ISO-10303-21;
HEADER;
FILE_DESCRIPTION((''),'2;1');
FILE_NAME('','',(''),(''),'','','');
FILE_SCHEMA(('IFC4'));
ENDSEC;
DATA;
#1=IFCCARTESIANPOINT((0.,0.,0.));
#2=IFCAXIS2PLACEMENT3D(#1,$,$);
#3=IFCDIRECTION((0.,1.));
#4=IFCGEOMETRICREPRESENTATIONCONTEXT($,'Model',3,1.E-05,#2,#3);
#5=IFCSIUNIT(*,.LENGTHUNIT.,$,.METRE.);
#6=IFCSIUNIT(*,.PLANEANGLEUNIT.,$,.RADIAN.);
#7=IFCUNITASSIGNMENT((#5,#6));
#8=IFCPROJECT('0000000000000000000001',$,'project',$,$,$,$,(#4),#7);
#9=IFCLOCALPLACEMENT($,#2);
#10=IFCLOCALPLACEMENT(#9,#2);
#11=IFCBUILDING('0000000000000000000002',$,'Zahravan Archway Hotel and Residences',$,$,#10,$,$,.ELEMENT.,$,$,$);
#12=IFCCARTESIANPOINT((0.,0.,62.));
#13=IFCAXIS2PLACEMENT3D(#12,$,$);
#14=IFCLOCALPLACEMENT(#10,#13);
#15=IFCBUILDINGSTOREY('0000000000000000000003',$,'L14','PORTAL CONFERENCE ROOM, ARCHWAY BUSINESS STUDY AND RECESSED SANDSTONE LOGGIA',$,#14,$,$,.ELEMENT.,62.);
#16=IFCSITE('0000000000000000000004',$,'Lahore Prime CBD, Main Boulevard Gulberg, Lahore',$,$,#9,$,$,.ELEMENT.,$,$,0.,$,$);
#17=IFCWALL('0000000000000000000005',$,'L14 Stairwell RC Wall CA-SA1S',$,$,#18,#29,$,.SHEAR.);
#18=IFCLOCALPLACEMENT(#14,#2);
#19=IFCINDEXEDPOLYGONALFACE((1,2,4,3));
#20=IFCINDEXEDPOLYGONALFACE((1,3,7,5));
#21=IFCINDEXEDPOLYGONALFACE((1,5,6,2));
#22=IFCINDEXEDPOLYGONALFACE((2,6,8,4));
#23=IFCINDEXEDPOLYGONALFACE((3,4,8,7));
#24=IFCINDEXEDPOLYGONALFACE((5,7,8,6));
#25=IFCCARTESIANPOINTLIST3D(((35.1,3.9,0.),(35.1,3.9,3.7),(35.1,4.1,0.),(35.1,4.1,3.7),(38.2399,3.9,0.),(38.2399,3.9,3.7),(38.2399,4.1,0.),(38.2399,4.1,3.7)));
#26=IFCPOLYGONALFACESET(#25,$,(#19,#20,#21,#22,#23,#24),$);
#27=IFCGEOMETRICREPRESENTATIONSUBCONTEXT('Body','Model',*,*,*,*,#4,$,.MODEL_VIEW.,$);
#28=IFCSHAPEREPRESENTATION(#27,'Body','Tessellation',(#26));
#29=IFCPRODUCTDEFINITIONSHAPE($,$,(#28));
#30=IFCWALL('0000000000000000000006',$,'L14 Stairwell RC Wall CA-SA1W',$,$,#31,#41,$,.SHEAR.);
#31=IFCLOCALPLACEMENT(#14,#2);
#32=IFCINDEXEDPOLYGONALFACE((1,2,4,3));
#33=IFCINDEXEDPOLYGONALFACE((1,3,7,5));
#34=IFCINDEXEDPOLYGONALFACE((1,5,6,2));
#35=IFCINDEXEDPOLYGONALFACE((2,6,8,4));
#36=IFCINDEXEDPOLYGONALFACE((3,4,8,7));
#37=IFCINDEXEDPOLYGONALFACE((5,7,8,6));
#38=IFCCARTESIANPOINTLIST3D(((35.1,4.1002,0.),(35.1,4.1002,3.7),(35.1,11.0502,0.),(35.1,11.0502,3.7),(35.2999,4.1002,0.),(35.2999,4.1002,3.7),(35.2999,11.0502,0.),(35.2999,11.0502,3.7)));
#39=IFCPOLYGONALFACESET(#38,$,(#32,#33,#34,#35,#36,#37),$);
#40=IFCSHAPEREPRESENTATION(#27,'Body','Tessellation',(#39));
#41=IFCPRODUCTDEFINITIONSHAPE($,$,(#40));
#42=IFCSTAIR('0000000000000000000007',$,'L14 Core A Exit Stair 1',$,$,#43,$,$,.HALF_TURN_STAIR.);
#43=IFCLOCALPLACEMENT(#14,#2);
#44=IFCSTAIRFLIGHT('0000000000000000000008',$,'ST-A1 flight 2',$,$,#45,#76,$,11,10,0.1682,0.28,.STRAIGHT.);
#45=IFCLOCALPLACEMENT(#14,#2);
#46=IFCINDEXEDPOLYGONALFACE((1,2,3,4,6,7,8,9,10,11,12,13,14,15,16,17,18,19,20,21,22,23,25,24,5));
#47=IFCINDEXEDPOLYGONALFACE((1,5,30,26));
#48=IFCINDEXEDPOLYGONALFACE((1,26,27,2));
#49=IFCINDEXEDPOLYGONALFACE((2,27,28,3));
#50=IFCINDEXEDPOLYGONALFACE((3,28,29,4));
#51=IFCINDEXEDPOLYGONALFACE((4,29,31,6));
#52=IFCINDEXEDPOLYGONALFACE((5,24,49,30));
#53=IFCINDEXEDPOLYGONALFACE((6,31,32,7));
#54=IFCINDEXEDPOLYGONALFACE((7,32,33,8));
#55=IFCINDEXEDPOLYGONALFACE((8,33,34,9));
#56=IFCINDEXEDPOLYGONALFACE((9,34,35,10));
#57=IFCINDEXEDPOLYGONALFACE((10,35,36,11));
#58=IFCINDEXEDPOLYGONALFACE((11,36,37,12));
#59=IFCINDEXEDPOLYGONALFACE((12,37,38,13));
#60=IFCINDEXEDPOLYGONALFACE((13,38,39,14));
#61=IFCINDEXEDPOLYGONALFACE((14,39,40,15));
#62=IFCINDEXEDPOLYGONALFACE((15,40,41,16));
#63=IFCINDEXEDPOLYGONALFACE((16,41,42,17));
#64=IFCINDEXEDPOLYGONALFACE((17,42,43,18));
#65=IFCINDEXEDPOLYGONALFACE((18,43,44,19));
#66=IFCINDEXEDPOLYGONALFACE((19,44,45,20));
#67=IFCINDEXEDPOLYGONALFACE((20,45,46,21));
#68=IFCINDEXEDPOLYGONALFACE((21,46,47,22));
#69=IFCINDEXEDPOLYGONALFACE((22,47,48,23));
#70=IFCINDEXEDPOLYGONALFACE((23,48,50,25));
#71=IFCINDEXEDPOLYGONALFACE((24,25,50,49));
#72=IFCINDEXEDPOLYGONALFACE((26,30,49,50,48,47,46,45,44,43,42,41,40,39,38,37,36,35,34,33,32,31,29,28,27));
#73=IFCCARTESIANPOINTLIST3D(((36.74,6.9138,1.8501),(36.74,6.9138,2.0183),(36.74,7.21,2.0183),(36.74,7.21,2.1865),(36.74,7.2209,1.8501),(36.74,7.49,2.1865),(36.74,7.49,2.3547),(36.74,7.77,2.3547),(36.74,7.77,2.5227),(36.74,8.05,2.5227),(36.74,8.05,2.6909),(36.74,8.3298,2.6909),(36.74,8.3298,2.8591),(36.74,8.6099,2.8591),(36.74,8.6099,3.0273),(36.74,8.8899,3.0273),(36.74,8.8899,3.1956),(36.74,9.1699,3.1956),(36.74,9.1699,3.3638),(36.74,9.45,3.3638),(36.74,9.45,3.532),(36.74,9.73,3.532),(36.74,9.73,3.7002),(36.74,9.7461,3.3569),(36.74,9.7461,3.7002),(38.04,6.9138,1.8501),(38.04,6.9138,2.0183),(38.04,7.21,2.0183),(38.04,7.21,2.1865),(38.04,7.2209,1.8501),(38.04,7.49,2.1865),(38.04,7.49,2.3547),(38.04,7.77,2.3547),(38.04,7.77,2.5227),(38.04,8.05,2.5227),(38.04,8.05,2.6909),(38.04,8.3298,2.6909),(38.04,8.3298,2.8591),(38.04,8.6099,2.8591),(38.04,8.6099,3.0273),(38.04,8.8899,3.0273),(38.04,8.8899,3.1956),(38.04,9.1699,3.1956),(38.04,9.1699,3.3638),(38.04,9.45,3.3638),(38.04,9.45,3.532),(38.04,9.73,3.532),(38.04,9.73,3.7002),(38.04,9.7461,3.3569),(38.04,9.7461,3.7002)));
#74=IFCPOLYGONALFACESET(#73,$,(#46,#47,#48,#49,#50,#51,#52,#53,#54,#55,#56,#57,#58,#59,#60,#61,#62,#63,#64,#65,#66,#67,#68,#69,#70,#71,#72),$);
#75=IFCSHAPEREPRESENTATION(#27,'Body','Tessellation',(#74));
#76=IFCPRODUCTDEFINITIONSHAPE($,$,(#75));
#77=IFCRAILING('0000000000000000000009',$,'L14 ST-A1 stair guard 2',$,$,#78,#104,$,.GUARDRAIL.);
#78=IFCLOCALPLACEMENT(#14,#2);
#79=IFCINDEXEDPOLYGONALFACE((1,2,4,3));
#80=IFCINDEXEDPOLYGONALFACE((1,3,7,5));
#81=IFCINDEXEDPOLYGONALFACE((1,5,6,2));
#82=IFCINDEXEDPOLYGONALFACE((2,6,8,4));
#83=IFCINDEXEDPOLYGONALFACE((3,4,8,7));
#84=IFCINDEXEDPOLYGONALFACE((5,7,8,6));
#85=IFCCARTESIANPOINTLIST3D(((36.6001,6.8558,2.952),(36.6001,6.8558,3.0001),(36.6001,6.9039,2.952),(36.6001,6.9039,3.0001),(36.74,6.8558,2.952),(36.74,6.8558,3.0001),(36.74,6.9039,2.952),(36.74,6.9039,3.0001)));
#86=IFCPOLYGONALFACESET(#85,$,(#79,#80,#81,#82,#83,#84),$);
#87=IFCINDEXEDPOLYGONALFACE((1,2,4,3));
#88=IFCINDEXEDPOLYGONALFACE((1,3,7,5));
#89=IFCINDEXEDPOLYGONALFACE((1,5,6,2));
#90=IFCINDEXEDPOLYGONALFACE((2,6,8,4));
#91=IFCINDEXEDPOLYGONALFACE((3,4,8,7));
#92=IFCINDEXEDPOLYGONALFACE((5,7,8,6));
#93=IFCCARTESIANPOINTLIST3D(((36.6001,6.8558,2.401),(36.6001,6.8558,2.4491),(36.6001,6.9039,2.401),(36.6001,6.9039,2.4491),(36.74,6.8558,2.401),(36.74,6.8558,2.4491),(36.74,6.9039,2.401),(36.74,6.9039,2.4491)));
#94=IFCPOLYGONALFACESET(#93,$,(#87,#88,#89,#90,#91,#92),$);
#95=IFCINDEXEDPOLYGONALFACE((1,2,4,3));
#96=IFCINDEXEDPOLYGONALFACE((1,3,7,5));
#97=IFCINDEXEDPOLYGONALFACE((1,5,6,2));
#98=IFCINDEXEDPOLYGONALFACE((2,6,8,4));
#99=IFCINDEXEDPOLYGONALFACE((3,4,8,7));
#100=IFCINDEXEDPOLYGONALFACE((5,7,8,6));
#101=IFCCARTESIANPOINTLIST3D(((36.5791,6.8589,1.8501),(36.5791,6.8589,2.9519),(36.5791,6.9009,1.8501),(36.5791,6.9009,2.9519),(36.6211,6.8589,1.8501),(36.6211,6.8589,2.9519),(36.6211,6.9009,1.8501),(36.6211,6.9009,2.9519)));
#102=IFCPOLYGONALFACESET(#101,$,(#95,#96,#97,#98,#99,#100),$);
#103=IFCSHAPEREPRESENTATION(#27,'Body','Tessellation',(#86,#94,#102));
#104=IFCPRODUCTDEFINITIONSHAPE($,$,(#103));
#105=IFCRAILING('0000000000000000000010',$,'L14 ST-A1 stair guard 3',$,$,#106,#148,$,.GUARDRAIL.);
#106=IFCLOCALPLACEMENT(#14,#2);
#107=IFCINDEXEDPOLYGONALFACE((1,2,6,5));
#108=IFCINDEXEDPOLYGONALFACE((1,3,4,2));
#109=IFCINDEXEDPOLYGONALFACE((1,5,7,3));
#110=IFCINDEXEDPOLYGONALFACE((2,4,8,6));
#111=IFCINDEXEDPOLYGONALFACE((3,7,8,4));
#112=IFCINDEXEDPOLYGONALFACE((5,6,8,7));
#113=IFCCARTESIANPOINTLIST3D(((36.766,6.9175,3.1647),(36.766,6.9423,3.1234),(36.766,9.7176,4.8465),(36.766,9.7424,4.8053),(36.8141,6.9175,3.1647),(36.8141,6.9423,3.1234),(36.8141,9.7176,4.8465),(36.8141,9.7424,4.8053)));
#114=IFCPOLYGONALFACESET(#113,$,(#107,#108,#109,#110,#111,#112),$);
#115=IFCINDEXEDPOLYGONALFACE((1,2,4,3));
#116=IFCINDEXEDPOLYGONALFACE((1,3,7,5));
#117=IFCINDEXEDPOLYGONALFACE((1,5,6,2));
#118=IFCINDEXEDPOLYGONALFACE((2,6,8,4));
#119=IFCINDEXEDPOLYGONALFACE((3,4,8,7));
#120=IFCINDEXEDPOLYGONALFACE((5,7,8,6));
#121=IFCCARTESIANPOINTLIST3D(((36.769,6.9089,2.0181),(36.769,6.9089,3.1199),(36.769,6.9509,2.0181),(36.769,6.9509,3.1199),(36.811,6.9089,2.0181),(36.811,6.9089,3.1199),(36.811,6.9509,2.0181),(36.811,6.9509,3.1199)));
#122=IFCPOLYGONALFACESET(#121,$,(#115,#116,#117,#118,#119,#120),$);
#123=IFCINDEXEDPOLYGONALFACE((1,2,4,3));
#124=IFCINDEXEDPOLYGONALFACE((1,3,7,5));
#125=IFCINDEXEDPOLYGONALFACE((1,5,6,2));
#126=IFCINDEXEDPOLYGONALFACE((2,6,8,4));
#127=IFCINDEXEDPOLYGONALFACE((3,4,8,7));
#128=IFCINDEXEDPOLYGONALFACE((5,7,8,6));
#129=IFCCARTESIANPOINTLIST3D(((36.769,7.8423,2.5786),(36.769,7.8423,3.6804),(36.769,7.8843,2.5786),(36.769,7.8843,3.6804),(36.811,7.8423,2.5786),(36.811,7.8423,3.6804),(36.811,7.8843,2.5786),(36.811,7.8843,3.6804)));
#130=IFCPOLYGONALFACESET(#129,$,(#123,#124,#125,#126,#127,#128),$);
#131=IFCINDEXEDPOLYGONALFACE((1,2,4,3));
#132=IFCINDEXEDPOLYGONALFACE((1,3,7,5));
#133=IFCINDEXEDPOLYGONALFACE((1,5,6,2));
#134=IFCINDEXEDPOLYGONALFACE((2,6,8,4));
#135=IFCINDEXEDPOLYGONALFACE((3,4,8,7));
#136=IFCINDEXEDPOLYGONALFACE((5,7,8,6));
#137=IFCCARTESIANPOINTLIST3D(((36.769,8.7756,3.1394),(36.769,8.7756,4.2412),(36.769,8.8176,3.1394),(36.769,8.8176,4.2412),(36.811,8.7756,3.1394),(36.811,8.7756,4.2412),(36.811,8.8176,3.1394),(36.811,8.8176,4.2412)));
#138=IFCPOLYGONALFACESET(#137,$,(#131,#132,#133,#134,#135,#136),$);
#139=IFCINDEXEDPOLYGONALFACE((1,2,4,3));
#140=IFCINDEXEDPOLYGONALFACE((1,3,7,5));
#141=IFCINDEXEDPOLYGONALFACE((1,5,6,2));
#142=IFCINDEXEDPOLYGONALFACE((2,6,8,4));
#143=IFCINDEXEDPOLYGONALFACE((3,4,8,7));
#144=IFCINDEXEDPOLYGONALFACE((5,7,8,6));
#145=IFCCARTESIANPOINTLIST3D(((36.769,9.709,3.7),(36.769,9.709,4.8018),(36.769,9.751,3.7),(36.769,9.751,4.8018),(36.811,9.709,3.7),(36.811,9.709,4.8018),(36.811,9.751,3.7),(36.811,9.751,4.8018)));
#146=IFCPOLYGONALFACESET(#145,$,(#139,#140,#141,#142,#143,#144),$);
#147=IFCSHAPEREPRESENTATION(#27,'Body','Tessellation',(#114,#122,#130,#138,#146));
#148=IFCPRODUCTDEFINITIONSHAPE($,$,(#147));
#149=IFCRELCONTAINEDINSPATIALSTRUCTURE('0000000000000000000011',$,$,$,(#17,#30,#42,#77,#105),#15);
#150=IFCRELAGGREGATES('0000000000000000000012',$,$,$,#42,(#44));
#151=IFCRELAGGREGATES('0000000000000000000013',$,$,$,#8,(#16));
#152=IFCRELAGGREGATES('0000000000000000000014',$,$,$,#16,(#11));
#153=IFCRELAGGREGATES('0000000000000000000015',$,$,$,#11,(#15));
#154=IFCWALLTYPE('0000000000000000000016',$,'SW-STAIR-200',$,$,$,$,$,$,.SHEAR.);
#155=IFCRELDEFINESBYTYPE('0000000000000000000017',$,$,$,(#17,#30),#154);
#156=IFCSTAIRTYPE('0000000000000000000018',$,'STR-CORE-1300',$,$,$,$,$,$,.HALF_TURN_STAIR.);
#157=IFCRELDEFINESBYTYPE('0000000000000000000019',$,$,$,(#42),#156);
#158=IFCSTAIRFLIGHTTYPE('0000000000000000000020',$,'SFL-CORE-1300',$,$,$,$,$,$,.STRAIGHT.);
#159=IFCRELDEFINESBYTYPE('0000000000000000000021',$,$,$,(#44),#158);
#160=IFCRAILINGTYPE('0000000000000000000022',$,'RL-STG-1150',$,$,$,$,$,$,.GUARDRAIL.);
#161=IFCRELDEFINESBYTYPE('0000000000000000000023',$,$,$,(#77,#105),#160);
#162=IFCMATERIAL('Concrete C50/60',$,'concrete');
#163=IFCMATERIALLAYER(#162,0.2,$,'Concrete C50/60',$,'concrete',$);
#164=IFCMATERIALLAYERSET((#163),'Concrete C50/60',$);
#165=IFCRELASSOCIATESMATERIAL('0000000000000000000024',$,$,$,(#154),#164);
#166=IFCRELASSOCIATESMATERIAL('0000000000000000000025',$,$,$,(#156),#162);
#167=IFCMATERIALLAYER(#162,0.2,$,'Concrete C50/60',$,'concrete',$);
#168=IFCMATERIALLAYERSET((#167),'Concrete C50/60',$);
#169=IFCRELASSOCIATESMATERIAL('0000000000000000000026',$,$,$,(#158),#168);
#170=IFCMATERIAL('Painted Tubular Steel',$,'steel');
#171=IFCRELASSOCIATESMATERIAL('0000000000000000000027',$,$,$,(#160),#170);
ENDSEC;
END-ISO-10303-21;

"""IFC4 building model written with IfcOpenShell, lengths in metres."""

from ifc_helpers import new_model, si_unit, direction, frame, frame_2d, origin, origin_2d, place, context, subcontext, project, spatial, polyline, rectangle, outline, extrude, source, transform, mapped, material, layer, layer_set, type_object, element, aggregate, save


model = new_model("IFC4")

# Units and contexts
model_context = context("Model", 3, precision=1e-05, world=origin(), true_north=direction((0.0, 1.0)))
body_context = subcontext(model_context, "Body", "Model", "MODEL_VIEW")
ifc_project = project(units=[si_unit("LENGTHUNIT", "METRE"), si_unit("PLANEANGLEUNIT", "RADIAN")], contexts=[model_context])

# Site, building, storey
site_placement = place(None, origin())
site = spatial("IfcSite", under=ifc_project, at=site_placement, Name="Lahore Prime CBD, Main Boulevard Gulberg, Lahore", CompositionType="ELEMENT", RefElevation=0.0)
building_placement = place(site_placement, origin())
building = spatial("IfcBuilding", under=site, at=building_placement, Name="Zahravan Archway Hotel and Residences", CompositionType="ELEMENT")
storey_placement = place(building_placement, frame((0.0, 0.0, 62.0)))
storey = spatial("IfcBuildingStorey", under=building, at=storey_placement, Name="L14", Description="PORTAL CONFERENCE ROOM, ARCHWAY BUSINESS STUDY AND RECESSED SANDSTONE LOGGIA", CompositionType="ELEMENT", Elevation=62.0)

# Walls
ifc_material_1 = material(Name="Concrete C50/60", Category="concrete")
ifc_layer_1 = layer(ifc_material_1, 0.2, Name="Concrete C50/60", Category="concrete")
ifc_layer_set_1 = layer_set([ifc_layer_1], Name="Concrete C50/60")
wall_type_1 = type_object("IfcWallType", Name="SW-STAIR-200", PredefinedType="SHEAR", material=ifc_layer_set_1)
wall_1_placement = place(storey_placement, frame((35.1001, 4.0, 0.0), z_axis=(0.0, 0.0, 1.0), x_axis=(1.0, 0.0, 0.0)))
element("IfcWall", 1, at=wall_1_placement, inside=storey, type_object=wall_type_1, Name="L14 Stairwell RC Wall CA-SA1S", PredefinedType="SHEAR", context=body_context, shape_type="SweptSolid", body=[
    extrude(rectangle(XDim=3.1399, YDim=0.2, at=frame_2d((1.5698, 0.0))), origin(), (0.0, 0.0, 1.0), 3.7),
])
wall_2_placement = place(storey_placement, frame((35.2, 4.1001, 0.0), z_axis=(0.0, 0.0, 1.0), x_axis=(0.0, 1.0, 0.0)))
element("IfcWall", 2, at=wall_2_placement, inside=storey, type_object=wall_type_1, Name="L14 Stairwell RC Wall CA-SA1W", PredefinedType="SHEAR", context=body_context, shape_type="SweptSolid", body=[
    extrude(rectangle(XDim=6.95, YDim=0.2, at=frame_2d((3.4751, 0.0))), origin(), (0.0, 0.0, 1.0), 3.7),
])

# Stair, stair flight
stair_type = type_object("IfcStairType", Name="STR-CORE-1300", PredefinedType="HALF_TURN_STAIR", material=ifc_material_1)
stair_placement = place(storey_placement, origin())
stair = element("IfcStair", 3, at=stair_placement, inside=storey, type_object=stair_type, Name="L14 Core A Exit Stair 1", PredefinedType="HALF_TURN_STAIR")
ifc_layer_2 = layer(ifc_material_1, 0.2, Name="Concrete C50/60", Category="concrete")
ifc_layer_set_2 = layer_set([ifc_layer_2], Name="Concrete C50/60")
stair_flight_type = type_object("IfcStairFlightType", Name="SFL-CORE-1300", PredefinedType="STRAIGHT", material=ifc_layer_set_2)
shared_shape_1 = source(origin(), body_context, "Body", "SweptSolid", [
    extrude(outline(polyline([(-0.0161, 0.0), (-0.0161, 0.1682), (0.28, 0.1682), (0.28, 0.3364), (0.5601, 0.3364), (0.5601, 0.5046), (0.8401, 0.5046), (0.8401, 0.6726), (1.1201, 0.6726), (1.1201, 0.8408), (1.3999, 0.8408), (1.3999, 1.009), (1.6799, 1.009), (1.6799, 1.1772), (1.96, 1.1772), (1.96, 1.3455), (2.24, 1.3455), (2.24, 1.5137), (2.52, 1.5137), (2.52, 1.6819), (2.8, 1.6819), (2.8, 1.8501), (2.8162, 1.8501), (2.8162, 1.5068), (0.291, 0.0), (-0.0161, 0.0)])), frame((0.0, 0.6499, 0.0), z_axis=(0.0, -1.0, 0.0), x_axis=(1.0, 0.0, 0.0)), (0.0, 0.0, 1.0), 1.3),
])
stair_flight_placement = place(storey_placement, frame((37.3899, 6.9299, 1.8501), z_axis=(0.0, 0.0, 1.0), x_axis=(0.0, 1.0, 0.0)))
stair_flight = element("IfcStairFlight", 4, at=stair_flight_placement, type_object=stair_flight_type, Name="ST-A1 flight 2", NumberOfRisers=11, NumberOfTreads=10, PredefinedType="STRAIGHT", RiserHeight=0.1682, TreadLength=0.28, context=body_context, shape_type="MappedRepresentation", body=[
    mapped(shared_shape_1, transform((0.0, 0.0, 0.0), scale=1.0)),
])
aggregate(stair, [stair_flight])

# Railings
ifc_material_2 = material(Name="Painted Tubular Steel", Category="steel")
railing_type = type_object("IfcRailingType", Name="RL-STG-1150", PredefinedType="GUARDRAIL", material=ifc_material_2)
railing_1_placement = place(storey_placement, frame((36.6001, 6.8799, 1.8501)))
element("IfcRailing", 5, at=railing_1_placement, inside=storey, type_object=railing_type, Name="L14 ST-A1 stair guard 2", PredefinedType="GUARDRAIL", context=body_context, shape_type="SweptSolid", body=[
    extrude(rectangle(XDim=0.0481, YDim=0.0481, at=origin_2d()), frame((0.0, 0.0, 1.126), z_axis=(1.0, 0.0, 0.0), x_axis=(0.0, 1.0, 0.0)), (0.0, 0.0, 1.0), 0.1399),
    extrude(rectangle(XDim=0.0481, YDim=0.0481, at=origin_2d()), frame((0.0, 0.0, 0.575), z_axis=(1.0, 0.0, 0.0), x_axis=(0.0, 1.0, 0.0)), (0.0, 0.0, 1.0), 0.1399),
    extrude(rectangle(XDim=0.042, YDim=0.042, at=origin_2d()), origin(), (0.0, 0.0, 1.0), 1.1018),
])
railing_2_placement = place(storey_placement, frame((36.79, 6.9299, 2.0181)))
element("IfcRailing", 6, at=railing_2_placement, inside=storey, type_object=railing_type, Name="L14 ST-A1 stair guard 3", PredefinedType="GUARDRAIL", context=body_context, shape_type="SweptSolid", body=[
    extrude(rectangle(XDim=0.0481, YDim=0.0481, at=origin_2d()), frame((0.0, 0.0, 1.126), z_axis=(0.0, 0.857242, 0.514913), x_axis=(-1.0, 0.0, 0.0)), (0.0, 0.0, 1.0), 3.2664),
    extrude(rectangle(XDim=0.042, YDim=0.042, at=origin_2d()), origin(), (0.0, 0.0, 1.0), 1.1018),
    extrude(rectangle(XDim=0.042, YDim=0.042, at=origin_2d()), frame((0.0, 0.9333, 0.5605)), (0.0, 0.0, 1.0), 1.1018),
    extrude(rectangle(XDim=0.042, YDim=0.042, at=origin_2d()), frame((0.0, 1.8667, 1.1213)), (0.0, 0.0, 1.0), 1.1018),
    extrude(rectangle(XDim=0.042, YDim=0.042, at=origin_2d()), frame((0.0, 2.8, 1.6819)), (0.0, 0.0, 1.0), 1.1018),
])

save(model, "model.ifc")
